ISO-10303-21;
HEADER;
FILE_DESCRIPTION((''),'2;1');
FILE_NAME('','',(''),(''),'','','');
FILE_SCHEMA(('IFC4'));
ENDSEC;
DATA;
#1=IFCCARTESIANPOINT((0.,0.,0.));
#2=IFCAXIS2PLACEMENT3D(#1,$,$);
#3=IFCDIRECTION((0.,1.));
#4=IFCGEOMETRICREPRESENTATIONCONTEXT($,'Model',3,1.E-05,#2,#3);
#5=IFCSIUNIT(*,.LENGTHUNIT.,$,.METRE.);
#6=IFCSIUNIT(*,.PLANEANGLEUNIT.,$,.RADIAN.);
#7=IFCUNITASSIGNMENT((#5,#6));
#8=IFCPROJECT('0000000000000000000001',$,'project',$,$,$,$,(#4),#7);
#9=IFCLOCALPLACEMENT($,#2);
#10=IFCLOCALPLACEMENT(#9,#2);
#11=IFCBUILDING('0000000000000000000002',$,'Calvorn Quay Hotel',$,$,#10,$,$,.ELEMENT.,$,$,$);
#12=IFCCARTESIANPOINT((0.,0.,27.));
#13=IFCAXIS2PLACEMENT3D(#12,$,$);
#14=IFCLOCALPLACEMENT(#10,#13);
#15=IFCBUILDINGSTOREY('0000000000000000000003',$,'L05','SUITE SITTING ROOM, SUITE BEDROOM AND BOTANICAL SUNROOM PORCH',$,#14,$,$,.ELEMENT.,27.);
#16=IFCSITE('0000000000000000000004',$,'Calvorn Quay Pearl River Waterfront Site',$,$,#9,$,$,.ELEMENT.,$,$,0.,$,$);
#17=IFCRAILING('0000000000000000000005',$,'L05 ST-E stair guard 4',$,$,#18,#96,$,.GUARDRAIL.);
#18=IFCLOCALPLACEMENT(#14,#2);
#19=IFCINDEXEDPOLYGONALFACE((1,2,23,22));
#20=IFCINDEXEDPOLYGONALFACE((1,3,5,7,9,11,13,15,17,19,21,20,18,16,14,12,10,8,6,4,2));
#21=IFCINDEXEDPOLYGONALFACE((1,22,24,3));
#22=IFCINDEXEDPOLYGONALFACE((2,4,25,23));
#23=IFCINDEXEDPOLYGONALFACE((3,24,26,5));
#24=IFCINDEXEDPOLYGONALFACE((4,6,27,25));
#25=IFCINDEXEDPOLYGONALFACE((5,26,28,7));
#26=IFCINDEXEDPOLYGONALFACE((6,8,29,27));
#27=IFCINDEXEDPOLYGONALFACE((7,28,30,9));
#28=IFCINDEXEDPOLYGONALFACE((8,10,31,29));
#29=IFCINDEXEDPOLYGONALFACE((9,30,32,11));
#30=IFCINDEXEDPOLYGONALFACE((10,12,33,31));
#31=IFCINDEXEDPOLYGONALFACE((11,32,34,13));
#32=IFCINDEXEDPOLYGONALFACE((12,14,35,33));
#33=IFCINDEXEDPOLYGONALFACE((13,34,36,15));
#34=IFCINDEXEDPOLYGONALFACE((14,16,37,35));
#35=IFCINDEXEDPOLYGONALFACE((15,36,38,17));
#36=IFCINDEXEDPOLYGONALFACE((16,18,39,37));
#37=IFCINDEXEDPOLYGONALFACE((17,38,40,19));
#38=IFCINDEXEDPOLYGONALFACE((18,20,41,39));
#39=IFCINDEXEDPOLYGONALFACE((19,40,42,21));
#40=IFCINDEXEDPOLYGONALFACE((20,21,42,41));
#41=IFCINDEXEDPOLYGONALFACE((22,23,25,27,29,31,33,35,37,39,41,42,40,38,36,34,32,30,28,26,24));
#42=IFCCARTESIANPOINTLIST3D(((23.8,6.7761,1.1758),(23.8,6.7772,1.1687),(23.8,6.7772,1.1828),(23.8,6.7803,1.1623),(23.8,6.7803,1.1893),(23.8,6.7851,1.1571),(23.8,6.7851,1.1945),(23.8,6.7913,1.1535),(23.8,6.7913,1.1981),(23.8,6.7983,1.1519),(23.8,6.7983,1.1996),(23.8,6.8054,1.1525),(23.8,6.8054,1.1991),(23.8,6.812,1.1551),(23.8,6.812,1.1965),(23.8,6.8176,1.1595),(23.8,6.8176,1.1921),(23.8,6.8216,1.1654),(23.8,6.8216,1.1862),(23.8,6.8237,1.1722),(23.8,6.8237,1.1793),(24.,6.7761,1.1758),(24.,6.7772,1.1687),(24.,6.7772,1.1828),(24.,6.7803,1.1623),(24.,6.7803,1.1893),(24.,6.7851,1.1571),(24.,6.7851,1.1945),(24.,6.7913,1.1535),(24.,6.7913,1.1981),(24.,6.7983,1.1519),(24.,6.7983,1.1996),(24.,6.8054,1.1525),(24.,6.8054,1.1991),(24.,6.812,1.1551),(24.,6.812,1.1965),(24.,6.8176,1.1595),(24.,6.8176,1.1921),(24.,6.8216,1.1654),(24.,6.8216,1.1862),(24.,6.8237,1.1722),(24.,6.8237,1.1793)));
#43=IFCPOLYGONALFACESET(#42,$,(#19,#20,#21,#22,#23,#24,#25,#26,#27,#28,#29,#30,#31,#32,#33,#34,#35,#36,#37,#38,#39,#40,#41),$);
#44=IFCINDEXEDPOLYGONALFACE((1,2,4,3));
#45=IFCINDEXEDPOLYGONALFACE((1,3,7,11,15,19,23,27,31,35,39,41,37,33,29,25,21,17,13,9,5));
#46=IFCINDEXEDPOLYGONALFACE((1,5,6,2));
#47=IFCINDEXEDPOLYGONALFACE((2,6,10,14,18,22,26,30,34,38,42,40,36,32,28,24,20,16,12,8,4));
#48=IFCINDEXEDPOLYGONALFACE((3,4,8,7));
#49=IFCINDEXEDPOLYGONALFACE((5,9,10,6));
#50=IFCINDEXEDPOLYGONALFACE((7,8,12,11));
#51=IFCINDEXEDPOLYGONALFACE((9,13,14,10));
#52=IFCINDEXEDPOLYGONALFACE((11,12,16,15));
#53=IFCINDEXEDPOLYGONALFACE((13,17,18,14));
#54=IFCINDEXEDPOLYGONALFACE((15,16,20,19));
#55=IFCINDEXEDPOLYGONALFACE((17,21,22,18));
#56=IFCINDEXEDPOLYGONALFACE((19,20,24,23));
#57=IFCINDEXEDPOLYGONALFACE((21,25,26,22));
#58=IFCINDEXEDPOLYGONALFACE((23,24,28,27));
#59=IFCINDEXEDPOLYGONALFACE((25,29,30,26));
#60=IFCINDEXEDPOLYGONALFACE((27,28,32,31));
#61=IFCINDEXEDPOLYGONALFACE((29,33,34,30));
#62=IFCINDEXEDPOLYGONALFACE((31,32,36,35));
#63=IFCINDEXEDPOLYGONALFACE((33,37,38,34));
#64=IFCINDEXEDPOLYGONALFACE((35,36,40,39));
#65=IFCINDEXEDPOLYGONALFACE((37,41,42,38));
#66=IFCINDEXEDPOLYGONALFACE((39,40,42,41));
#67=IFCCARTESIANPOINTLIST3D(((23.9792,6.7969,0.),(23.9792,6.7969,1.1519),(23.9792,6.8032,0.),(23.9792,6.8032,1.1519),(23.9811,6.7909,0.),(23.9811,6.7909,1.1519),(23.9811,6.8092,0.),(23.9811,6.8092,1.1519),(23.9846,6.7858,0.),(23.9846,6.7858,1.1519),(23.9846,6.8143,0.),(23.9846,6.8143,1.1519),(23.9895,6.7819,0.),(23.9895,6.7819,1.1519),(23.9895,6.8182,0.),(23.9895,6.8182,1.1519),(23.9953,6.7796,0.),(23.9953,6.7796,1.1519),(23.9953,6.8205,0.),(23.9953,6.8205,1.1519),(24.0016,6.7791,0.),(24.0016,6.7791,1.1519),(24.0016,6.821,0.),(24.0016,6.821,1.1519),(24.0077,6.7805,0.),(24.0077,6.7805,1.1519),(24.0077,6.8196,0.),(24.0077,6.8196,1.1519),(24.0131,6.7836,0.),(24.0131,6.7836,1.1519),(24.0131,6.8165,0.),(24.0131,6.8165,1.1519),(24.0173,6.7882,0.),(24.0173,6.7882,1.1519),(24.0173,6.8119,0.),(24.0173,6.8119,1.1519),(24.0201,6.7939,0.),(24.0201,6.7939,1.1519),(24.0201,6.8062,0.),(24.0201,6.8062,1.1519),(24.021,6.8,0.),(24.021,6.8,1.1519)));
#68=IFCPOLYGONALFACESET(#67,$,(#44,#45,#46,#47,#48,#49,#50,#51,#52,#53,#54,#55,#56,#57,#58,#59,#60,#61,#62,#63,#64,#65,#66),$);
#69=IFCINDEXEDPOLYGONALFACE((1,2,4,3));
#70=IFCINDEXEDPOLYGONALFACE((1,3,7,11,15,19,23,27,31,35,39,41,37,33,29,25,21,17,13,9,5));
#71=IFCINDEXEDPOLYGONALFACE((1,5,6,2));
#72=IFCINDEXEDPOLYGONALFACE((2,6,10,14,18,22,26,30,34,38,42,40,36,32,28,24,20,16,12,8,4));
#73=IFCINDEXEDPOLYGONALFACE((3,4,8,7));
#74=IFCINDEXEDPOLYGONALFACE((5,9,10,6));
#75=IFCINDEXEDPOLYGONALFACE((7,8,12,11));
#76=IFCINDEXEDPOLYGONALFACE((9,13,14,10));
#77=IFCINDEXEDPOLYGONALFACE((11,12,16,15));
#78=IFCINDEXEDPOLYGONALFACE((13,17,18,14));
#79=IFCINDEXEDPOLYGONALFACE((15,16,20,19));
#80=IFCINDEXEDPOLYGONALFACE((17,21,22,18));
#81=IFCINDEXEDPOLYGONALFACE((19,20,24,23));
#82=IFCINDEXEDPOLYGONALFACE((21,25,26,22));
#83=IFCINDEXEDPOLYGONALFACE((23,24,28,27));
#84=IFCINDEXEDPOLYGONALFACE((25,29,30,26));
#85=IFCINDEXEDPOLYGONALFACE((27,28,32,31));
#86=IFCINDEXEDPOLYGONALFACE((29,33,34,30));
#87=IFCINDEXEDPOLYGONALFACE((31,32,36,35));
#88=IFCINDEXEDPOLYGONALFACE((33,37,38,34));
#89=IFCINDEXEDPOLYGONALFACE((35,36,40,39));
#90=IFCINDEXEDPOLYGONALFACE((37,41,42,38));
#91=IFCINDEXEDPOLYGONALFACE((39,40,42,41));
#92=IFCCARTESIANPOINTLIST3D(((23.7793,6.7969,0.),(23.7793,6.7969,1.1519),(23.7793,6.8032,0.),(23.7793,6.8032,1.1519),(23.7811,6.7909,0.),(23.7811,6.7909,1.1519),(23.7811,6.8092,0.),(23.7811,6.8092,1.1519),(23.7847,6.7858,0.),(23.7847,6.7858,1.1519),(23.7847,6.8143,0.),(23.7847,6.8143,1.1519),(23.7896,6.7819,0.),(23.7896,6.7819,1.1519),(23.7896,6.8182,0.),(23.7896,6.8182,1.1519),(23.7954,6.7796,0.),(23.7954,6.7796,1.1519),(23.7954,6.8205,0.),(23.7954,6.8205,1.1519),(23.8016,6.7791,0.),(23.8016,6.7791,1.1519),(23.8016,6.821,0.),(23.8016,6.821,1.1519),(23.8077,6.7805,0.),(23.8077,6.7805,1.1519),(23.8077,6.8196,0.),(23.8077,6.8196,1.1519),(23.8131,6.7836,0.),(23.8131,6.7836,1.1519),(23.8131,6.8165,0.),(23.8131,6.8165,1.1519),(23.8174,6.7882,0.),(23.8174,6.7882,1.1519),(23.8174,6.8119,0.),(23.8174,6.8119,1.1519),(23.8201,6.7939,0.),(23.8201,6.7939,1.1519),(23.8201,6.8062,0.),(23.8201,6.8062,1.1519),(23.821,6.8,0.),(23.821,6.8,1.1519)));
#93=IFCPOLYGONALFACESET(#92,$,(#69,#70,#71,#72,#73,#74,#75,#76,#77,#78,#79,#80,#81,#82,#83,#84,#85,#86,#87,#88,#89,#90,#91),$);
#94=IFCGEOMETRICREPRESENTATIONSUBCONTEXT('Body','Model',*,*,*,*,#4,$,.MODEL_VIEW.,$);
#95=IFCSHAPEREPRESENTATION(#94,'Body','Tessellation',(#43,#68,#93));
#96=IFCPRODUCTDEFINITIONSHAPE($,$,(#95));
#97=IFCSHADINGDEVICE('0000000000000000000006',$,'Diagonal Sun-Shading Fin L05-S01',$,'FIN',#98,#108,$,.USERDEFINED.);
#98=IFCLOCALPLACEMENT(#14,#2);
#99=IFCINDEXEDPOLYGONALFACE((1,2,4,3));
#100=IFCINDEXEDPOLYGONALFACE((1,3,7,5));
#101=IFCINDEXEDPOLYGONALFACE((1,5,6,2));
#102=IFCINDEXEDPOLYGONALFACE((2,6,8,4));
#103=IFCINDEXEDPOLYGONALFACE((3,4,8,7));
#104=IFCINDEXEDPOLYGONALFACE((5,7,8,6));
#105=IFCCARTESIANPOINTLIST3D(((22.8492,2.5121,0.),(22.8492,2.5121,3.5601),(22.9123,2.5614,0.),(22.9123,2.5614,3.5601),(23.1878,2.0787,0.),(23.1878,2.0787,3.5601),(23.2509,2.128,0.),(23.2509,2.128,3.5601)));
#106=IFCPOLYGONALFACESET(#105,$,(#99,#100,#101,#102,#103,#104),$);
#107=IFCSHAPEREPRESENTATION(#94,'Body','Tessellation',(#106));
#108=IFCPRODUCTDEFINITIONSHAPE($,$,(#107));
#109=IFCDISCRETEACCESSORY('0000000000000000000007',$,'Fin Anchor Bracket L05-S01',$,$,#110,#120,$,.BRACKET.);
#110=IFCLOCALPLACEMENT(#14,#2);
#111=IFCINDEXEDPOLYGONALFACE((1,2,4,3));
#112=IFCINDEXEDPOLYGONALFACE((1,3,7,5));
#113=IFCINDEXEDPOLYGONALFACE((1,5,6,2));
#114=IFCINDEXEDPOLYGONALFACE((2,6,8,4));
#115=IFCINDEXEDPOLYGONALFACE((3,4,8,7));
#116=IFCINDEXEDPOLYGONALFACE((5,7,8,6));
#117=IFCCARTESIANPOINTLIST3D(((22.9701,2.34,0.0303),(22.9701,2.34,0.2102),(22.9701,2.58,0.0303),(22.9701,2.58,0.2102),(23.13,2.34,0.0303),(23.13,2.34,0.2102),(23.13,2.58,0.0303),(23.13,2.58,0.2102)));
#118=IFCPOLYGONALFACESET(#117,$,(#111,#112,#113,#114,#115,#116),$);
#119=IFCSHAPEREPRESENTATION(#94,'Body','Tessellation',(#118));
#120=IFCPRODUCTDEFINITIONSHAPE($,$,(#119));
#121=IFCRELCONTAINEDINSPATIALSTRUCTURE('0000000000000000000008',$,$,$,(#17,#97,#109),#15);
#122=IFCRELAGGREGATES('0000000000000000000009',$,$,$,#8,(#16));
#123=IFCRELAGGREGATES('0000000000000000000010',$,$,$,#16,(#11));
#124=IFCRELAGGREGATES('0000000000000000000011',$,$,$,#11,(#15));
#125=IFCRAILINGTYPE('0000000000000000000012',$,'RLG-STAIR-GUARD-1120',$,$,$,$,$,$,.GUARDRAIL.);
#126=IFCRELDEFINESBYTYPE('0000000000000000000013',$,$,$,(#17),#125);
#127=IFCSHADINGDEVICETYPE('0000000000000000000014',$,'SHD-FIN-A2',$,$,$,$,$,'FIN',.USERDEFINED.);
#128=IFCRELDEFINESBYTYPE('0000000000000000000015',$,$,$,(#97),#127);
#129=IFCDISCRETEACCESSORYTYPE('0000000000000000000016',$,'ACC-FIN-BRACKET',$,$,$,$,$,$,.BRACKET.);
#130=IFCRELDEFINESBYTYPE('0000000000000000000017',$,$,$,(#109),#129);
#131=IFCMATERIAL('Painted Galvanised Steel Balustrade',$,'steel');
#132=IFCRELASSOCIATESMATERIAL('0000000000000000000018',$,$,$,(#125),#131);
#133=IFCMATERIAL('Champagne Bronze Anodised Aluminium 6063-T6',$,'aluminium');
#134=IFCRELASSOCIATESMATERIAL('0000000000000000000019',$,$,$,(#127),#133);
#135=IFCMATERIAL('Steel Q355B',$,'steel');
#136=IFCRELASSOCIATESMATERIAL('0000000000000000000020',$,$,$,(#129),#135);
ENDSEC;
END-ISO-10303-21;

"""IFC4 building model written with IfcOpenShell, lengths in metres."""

from ifc_helpers import new_model, si_unit, direction, frame, origin, origin_2d, place, context, subcontext, project, spatial, rectangle, circle, extrude, material, type_object, element, save


model = new_model("IFC4")

# Units and contexts
model_context = context("Model", 3, precision=1e-05, world=origin(), true_north=direction((0.0, 1.0)))
body_context = subcontext(model_context, "Body", "Model", "MODEL_VIEW")
ifc_project = project(units=[si_unit("LENGTHUNIT", "METRE"), si_unit("PLANEANGLEUNIT", "RADIAN")], contexts=[model_context])

# Site, building, storey
site_placement = place(None, origin())
site = spatial("IfcSite", under=ifc_project, at=site_placement, Name="Calvorn Quay Pearl River Waterfront Site", CompositionType="ELEMENT", RefElevation=0.0)
building_placement = place(site_placement, origin())
building = spatial("IfcBuilding", under=site, at=building_placement, Name="Calvorn Quay Hotel", CompositionType="ELEMENT")
storey_placement = place(building_placement, frame((0.0, 0.0, 27.0)))
storey = spatial("IfcBuildingStorey", under=building, at=storey_placement, Name="L05", Description="SUITE SITTING ROOM, SUITE BEDROOM AND BOTANICAL SUNROOM PORCH", CompositionType="ELEMENT", Elevation=27.0)

# Railing
ifc_material_1 = material(Name="Painted Galvanised Steel Balustrade", Category="steel")
railing_type_1 = type_object("IfcRailingType", Name="RLG-STAIR-GUARD-1120", PredefinedType="GUARDRAIL", material=ifc_material_1)
railing_1_placement = place(storey_placement, frame((24.0, 6.8, 0.0)))
element("IfcRailing", 1, at=railing_1_placement, inside=storey, type_object=railing_type_1, Name="L05 ST-E stair guard 4", PredefinedType="GUARDRAIL", context=body_context, shape_type="SweptSolid", body=[
    extrude(circle(Radius=0.0239, at=origin_2d()), frame((0.0, 0.0, 1.1758), z_axis=(-1.0, 0.0, 0.0), x_axis=(0.0, -1.0, 0.0)), (0.0, 0.0, 1.0), 0.2),
    extrude(circle(Radius=0.021, at=origin_2d()), origin(), (0.0, 0.0, 1.0), 1.1519),
    extrude(circle(Radius=0.021, at=origin_2d()), frame((-0.2, 0.0, 0.0)), (0.0, 0.0, 1.0), 1.1519),
])

# Shading device
ifc_material_2 = material(Name="Champagne Bronze Anodised Aluminium 6063-T6", Category="aluminium")
shading_device_type = type_object("IfcShadingDeviceType", Name="SHD-FIN-A2", ElementType="FIN", PredefinedType="USERDEFINED", material=ifc_material_2)
shading_device_placement = place(storey_placement, frame((23.05, 2.3201, 0.0), z_axis=(0.0, 0.0, 1.0), x_axis=(-0.615661, 0.788011, 0.0)))
element("IfcShadingDevice", 2, at=shading_device_placement, inside=storey, type_object=shading_device_type, Name="Diagonal Sun-Shading Fin L05-S01", ObjectType="FIN", PredefinedType="USERDEFINED", context=body_context, shape_type="SweptSolid", body=[
    extrude(rectangle(XDim=0.55, YDim=0.0801, at=origin_2d()), origin(), (0.0, 0.0, 1.0), 3.5601),
])

# Discrete accessory
ifc_material_3 = material(Name="Steel Q355B", Category="steel")
discrete_accessory_type = type_object("IfcDiscreteAccessoryType", Name="ACC-FIN-BRACKET", PredefinedType="BRACKET", material=ifc_material_3)
discrete_accessory_placement = place(storey_placement, frame((23.05, 2.46, 0.0303), z_axis=(0.0, 0.0, 1.0), x_axis=(0.0, 1.0, 0.0)))
element("IfcDiscreteAccessory", 3, at=discrete_accessory_placement, inside=storey, type_object=discrete_accessory_type, Name="Fin Anchor Bracket L05-S01", PredefinedType="BRACKET", context=body_context, shape_type="SweptSolid", body=[
    extrude(rectangle(XDim=0.24, YDim=0.1599, at=origin_2d()), origin(), (0.0, 0.0, 1.0), 0.1799),
])

save(model, "model.ifc")
